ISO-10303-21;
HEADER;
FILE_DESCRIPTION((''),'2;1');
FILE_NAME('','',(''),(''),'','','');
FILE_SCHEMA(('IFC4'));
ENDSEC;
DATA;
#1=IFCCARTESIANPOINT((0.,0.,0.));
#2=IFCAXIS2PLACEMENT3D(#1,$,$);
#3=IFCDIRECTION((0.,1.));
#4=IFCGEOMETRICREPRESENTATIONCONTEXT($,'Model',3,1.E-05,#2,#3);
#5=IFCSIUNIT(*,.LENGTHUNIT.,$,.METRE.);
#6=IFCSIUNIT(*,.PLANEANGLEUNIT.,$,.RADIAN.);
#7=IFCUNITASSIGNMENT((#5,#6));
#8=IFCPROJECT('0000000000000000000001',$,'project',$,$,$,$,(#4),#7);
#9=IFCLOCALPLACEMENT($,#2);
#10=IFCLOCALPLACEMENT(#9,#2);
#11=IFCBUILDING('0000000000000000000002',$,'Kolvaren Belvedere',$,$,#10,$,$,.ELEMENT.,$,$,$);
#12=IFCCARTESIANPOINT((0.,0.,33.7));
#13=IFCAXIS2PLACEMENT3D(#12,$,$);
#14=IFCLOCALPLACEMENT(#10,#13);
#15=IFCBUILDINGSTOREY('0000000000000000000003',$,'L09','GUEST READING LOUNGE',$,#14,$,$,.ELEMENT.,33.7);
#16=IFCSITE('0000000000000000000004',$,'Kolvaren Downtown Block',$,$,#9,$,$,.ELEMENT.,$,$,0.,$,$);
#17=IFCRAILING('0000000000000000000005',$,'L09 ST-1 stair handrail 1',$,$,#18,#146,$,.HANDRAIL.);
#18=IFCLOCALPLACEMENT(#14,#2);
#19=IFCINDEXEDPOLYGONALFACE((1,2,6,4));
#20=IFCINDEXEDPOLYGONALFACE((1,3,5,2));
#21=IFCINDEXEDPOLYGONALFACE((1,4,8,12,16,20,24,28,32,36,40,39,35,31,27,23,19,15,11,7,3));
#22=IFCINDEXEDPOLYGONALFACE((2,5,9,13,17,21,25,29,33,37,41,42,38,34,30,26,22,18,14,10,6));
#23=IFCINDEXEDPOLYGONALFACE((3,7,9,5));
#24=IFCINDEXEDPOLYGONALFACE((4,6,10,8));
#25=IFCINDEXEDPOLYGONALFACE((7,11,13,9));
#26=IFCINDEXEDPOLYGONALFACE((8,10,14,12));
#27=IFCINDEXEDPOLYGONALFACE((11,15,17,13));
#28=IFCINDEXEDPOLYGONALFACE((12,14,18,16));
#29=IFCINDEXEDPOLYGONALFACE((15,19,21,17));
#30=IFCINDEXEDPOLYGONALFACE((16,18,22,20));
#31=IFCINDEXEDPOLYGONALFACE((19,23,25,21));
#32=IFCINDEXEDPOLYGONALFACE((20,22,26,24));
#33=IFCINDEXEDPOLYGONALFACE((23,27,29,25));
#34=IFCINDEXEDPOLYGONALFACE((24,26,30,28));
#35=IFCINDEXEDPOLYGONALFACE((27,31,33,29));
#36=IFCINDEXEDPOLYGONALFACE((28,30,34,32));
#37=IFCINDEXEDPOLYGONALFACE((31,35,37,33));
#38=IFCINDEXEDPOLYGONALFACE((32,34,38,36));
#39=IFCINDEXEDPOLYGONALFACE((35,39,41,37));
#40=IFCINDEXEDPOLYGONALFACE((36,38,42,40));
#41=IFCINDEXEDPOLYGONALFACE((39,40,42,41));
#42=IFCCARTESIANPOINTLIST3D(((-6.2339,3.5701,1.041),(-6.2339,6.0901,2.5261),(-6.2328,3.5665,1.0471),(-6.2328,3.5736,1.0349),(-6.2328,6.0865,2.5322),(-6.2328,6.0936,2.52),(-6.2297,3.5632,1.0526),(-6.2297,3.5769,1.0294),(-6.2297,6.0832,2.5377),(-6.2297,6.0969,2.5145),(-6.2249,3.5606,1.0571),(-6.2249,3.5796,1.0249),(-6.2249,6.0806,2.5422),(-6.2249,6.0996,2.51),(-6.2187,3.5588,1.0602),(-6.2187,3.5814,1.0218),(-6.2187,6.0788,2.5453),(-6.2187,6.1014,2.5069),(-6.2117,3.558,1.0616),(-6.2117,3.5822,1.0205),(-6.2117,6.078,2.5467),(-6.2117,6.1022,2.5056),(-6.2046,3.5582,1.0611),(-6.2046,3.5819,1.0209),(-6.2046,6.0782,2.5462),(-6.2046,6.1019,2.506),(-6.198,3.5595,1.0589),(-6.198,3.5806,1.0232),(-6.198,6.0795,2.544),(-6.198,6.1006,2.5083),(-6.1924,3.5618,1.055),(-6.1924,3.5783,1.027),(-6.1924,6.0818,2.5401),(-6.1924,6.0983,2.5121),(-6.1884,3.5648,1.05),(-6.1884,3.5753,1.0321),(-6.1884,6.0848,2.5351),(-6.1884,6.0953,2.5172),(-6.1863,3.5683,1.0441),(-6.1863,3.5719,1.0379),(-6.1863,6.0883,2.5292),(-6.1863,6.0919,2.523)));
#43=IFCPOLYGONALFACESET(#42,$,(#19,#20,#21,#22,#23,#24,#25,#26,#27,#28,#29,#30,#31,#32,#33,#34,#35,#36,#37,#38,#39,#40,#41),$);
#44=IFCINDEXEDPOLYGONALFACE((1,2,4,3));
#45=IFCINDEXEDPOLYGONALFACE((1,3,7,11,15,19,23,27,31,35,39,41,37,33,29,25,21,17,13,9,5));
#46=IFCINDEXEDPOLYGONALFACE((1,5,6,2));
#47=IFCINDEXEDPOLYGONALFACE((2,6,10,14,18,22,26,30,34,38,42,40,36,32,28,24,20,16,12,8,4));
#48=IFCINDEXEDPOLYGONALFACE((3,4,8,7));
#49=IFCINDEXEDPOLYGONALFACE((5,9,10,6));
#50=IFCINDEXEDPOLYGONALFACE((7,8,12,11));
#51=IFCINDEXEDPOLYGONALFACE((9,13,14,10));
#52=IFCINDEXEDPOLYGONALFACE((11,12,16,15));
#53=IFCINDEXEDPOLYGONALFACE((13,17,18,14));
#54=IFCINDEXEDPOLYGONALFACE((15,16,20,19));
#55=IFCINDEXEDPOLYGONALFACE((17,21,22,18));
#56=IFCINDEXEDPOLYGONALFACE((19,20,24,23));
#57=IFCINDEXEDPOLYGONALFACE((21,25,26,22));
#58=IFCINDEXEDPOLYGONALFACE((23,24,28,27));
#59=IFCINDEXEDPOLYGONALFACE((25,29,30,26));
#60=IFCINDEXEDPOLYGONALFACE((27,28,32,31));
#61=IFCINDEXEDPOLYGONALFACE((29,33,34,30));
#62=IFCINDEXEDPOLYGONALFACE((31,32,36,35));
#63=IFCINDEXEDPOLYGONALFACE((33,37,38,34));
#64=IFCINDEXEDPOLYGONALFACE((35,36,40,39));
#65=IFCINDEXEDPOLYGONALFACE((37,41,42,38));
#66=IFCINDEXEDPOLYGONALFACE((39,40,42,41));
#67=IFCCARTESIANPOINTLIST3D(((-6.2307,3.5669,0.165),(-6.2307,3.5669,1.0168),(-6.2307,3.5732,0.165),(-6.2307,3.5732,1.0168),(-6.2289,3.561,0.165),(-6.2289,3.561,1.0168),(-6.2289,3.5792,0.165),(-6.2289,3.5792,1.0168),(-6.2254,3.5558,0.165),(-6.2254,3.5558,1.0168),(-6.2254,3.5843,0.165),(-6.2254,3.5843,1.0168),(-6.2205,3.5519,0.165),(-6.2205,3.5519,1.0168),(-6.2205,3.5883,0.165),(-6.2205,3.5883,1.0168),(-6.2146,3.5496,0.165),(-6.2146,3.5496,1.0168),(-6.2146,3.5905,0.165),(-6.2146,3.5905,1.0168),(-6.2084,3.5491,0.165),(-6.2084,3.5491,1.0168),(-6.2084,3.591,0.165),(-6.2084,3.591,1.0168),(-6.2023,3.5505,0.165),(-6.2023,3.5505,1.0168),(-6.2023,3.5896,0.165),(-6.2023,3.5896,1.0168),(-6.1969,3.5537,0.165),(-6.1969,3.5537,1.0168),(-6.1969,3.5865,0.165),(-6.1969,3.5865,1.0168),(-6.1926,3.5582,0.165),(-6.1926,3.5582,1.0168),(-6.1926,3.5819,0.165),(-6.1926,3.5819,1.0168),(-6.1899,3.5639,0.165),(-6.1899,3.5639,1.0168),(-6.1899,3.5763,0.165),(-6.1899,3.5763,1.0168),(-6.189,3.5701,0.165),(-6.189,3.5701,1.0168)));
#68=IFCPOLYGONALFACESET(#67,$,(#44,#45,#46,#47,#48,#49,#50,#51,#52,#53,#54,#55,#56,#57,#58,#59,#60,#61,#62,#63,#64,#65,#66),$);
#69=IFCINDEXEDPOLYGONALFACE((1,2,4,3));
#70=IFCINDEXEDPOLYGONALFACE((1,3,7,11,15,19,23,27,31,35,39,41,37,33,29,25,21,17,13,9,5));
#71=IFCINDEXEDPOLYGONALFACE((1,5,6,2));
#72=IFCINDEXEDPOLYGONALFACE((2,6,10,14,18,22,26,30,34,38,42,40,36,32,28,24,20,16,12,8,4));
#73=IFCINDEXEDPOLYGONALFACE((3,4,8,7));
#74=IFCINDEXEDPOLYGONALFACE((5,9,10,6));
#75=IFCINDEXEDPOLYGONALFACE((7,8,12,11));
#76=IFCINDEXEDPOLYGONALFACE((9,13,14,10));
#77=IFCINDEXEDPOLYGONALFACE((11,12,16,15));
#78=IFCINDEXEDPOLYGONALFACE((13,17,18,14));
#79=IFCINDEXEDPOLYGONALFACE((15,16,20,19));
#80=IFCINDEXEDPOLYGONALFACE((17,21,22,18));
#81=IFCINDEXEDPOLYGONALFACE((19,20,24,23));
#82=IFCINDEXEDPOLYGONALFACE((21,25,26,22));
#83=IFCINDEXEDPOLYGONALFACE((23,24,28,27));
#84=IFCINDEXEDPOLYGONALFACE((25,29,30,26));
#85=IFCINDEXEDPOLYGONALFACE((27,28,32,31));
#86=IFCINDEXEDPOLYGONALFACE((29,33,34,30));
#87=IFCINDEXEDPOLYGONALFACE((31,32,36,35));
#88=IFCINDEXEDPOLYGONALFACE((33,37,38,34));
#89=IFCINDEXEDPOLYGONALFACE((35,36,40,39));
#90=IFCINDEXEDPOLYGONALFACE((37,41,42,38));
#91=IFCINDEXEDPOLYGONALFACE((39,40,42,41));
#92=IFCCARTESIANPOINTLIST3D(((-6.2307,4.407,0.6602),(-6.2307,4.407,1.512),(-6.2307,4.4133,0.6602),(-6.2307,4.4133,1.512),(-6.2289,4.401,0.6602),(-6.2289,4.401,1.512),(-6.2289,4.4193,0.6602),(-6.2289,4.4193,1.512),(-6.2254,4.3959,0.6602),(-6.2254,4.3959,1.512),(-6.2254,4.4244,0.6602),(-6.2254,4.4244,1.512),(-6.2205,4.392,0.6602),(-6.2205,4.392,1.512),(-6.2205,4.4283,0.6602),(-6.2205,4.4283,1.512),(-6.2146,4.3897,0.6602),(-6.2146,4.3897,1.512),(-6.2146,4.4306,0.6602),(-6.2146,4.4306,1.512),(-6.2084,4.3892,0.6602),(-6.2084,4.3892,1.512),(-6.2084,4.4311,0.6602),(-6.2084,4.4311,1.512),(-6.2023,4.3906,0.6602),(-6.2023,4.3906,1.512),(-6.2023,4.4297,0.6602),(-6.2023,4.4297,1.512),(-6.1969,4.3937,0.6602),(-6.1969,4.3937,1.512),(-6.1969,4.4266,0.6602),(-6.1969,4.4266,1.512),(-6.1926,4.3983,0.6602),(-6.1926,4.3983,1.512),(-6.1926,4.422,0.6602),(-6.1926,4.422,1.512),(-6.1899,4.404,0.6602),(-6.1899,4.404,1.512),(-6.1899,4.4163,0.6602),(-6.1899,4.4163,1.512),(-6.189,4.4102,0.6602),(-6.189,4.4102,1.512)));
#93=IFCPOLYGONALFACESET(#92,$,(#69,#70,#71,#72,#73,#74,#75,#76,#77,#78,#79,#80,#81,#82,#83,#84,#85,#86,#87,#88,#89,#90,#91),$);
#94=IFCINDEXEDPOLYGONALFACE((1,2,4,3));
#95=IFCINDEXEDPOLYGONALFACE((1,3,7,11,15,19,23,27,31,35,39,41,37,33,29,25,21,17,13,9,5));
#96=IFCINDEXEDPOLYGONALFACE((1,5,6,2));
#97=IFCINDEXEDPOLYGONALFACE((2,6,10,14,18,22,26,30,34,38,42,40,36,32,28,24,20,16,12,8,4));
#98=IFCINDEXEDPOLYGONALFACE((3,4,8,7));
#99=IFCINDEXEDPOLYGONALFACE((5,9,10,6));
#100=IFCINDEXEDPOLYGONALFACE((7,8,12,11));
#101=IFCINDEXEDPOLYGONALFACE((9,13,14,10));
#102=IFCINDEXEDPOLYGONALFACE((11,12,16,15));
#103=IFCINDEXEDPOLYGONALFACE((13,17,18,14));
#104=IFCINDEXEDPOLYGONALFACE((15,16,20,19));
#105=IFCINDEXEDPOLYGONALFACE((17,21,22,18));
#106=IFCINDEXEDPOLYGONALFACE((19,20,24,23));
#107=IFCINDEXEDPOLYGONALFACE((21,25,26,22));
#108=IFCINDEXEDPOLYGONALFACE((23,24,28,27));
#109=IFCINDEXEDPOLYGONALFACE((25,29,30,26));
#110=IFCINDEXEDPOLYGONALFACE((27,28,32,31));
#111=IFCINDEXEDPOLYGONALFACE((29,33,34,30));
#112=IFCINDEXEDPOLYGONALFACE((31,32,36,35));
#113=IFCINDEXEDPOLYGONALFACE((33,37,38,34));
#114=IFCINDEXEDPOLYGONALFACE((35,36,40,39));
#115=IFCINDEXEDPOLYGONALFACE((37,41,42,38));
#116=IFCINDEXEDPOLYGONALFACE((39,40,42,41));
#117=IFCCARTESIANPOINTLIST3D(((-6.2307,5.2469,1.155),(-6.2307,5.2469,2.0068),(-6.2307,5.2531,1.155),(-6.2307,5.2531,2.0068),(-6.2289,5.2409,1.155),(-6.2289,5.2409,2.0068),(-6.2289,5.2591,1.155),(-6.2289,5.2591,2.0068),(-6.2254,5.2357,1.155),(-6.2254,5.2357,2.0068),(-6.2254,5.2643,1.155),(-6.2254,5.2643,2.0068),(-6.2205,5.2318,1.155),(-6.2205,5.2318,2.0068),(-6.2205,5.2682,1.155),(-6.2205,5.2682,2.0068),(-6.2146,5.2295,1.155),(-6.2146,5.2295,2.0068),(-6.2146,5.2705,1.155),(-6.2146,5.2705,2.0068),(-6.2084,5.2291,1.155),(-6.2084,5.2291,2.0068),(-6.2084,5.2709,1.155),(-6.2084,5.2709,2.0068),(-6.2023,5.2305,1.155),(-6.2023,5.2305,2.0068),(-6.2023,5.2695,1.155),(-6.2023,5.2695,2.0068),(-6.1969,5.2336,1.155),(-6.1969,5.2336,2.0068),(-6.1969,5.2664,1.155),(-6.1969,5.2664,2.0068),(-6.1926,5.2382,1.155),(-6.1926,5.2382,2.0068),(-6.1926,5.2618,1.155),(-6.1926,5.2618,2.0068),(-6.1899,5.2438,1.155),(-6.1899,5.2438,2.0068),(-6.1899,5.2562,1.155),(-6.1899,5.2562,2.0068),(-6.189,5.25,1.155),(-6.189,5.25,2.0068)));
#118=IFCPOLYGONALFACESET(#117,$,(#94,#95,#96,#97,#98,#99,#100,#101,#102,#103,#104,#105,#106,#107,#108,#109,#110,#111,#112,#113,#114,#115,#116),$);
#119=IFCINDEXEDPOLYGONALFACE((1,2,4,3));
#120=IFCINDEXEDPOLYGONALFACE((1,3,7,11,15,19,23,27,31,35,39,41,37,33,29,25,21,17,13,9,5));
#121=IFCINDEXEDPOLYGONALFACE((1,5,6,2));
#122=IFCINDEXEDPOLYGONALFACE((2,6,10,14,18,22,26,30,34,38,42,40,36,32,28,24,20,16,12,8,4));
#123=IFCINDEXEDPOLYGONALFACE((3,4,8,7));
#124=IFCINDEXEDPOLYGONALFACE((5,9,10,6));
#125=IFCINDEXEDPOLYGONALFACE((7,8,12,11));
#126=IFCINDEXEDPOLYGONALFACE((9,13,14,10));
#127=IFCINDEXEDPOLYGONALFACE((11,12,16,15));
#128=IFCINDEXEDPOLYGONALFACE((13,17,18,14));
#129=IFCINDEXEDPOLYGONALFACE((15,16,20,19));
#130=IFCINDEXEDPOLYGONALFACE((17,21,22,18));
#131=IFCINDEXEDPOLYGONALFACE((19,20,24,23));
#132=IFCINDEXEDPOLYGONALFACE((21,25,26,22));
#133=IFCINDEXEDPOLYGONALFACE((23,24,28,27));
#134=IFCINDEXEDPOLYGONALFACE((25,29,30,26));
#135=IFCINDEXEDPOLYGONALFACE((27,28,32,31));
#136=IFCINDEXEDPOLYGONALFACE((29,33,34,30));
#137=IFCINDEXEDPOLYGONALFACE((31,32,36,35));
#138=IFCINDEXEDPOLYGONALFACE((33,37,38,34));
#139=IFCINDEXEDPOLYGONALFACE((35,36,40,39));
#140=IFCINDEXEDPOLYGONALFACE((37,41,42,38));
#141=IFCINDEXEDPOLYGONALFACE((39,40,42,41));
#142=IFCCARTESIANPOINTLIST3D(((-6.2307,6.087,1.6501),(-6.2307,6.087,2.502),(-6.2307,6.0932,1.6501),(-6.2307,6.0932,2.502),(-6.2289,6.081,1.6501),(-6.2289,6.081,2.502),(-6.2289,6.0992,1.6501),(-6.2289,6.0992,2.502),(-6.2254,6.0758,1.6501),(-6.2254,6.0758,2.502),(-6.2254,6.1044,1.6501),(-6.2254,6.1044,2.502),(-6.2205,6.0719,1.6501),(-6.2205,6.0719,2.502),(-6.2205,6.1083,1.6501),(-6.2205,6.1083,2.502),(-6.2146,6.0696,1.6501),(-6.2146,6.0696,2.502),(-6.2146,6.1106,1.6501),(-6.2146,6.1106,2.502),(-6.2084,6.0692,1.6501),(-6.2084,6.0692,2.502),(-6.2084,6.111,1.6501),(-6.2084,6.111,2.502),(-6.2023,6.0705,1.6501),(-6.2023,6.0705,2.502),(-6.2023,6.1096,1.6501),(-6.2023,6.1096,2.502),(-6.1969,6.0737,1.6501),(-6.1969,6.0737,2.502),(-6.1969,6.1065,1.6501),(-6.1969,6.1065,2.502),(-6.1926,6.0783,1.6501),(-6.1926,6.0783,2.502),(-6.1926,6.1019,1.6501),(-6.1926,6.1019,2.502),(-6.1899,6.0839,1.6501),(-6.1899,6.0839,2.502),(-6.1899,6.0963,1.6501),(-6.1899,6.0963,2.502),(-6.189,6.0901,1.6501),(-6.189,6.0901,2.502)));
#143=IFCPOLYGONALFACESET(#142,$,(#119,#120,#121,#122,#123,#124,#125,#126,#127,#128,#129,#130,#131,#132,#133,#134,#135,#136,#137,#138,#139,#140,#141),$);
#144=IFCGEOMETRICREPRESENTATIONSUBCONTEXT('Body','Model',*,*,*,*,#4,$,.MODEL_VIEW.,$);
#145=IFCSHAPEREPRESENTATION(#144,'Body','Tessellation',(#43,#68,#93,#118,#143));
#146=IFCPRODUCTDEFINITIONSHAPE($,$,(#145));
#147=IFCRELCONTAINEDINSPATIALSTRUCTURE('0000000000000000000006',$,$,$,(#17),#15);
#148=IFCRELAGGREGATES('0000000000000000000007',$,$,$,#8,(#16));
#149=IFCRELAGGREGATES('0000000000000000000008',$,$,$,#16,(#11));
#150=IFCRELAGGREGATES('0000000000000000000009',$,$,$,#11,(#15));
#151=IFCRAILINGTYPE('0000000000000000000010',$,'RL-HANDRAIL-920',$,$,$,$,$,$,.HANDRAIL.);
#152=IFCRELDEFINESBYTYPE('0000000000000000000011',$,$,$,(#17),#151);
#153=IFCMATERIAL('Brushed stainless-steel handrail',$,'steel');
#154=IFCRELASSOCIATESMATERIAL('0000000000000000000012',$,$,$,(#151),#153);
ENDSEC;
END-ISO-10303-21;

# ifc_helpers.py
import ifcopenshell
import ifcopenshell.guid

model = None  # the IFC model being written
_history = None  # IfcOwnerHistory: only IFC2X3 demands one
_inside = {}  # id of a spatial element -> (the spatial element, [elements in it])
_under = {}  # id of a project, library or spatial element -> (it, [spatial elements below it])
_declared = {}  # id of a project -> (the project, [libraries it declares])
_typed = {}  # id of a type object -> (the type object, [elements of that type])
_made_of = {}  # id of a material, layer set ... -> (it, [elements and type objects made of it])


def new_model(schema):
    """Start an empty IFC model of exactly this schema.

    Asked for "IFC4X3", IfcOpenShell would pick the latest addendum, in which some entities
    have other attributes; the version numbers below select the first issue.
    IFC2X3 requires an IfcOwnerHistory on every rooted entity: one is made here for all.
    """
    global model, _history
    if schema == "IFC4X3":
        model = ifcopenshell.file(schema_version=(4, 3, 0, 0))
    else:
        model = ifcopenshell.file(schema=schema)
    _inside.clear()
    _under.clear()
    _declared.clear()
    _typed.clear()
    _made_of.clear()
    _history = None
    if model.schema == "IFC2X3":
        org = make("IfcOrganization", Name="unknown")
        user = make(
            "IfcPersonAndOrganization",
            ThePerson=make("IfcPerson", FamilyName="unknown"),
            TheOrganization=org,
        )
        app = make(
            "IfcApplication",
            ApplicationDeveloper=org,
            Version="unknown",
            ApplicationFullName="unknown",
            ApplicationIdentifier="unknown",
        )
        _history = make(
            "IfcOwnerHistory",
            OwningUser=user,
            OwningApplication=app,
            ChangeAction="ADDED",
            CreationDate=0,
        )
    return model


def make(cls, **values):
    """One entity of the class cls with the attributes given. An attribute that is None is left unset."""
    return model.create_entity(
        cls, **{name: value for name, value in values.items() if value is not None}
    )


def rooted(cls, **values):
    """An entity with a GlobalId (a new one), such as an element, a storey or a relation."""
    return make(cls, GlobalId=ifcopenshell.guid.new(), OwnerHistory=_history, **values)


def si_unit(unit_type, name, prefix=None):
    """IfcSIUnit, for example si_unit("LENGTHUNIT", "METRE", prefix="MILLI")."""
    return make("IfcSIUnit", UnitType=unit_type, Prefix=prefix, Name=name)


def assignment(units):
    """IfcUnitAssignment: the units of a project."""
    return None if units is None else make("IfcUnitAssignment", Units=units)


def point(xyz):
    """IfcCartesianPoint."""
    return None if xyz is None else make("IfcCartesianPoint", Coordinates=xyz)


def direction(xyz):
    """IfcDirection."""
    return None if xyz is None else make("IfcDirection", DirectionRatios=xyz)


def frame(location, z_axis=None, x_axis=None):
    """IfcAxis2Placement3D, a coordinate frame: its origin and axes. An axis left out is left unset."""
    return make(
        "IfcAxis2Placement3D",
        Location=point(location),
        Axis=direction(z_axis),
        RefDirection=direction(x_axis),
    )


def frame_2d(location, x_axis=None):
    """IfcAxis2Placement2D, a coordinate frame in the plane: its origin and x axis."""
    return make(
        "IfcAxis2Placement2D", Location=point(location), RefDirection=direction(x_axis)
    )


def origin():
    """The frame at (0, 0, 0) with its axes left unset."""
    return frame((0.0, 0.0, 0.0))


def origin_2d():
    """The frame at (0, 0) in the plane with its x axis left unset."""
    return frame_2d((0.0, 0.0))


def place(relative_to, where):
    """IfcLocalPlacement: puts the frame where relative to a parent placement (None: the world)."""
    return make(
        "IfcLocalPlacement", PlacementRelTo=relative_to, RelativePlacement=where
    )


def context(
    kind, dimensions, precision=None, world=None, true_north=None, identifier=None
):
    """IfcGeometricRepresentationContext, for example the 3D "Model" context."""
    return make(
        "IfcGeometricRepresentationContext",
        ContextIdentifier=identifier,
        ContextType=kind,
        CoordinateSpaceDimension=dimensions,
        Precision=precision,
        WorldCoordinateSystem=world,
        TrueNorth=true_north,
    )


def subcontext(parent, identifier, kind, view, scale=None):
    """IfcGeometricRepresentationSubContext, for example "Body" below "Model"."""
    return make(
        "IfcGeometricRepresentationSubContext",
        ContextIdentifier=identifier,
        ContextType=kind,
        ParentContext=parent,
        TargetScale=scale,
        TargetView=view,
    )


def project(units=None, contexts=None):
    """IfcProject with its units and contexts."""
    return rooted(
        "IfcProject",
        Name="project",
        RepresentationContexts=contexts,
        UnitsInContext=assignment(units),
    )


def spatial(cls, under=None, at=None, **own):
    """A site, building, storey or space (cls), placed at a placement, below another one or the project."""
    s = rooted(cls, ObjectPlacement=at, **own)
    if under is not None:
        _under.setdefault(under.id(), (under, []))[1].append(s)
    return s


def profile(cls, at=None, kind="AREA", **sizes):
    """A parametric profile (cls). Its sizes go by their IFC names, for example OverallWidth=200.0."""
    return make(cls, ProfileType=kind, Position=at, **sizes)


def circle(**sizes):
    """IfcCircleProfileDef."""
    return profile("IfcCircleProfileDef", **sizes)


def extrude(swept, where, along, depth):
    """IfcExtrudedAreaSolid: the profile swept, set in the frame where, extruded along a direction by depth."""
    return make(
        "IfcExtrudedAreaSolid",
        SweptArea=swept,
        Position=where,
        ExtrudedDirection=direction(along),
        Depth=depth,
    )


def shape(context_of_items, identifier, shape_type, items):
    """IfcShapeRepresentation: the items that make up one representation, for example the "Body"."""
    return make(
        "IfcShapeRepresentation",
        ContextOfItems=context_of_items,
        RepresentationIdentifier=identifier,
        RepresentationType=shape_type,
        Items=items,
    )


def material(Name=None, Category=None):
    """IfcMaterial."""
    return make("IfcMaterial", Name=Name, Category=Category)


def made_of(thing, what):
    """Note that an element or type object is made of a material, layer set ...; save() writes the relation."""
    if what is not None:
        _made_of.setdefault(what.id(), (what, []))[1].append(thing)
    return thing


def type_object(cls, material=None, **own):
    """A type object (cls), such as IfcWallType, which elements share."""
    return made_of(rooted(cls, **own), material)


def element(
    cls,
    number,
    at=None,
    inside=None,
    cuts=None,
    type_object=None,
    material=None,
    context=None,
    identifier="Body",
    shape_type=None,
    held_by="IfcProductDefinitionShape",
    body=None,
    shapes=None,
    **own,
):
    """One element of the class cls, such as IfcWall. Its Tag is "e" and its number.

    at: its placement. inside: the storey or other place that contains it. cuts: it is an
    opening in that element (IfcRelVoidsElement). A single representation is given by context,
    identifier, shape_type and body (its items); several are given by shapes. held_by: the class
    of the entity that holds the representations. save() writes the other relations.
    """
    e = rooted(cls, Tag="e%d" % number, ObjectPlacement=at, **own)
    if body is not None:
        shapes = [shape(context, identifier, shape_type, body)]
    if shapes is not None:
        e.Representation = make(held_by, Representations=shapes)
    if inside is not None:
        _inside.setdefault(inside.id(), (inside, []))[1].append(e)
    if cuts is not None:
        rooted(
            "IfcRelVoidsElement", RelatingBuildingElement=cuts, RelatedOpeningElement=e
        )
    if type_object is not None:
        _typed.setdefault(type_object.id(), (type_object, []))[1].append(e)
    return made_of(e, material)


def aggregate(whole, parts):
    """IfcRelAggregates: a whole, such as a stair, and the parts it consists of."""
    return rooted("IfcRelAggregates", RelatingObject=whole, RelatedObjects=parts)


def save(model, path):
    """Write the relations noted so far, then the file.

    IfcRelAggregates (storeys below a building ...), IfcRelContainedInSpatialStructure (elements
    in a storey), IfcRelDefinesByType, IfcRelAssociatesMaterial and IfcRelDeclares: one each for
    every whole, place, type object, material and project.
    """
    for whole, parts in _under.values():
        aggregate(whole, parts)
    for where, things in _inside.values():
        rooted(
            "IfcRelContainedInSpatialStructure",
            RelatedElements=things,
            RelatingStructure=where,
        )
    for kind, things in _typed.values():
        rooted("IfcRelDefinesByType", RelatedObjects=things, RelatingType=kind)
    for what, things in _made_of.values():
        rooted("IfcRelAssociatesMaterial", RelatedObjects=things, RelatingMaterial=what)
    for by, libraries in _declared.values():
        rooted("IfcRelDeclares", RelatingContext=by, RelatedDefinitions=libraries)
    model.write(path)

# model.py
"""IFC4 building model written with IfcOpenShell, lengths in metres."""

from ifc_helpers import new_model, si_unit, direction, frame, origin, origin_2d, place, context, subcontext, project, spatial, circle, extrude, material, type_object, element, save


model = new_model("IFC4")

# Units and contexts
model_context = context("Model", 3, precision=1e-05, world=origin(), true_north=direction((0.0, 1.0)))
body_context = subcontext(model_context, "Body", "Model", "MODEL_VIEW")
ifc_project = project(units=[si_unit("LENGTHUNIT", "METRE"), si_unit("PLANEANGLEUNIT", "RADIAN")], contexts=[model_context])

# Site, building, storey
site_placement = place(None, origin())
site = spatial("IfcSite", under=ifc_project, at=site_placement, Name="Kolvaren Downtown Block", CompositionType="ELEMENT", RefElevation=0.0)
building_placement = place(site_placement, origin())
building = spatial("IfcBuilding", under=site, at=building_placement, Name="Kolvaren Belvedere", CompositionType="ELEMENT")
storey_placement = place(building_placement, frame((0.0, 0.0, 33.7)))
storey = spatial("IfcBuildingStorey", under=building, at=storey_placement, Name="L09", Description="GUEST READING LOUNGE", CompositionType="ELEMENT", Elevation=33.7)

# Railing
ifc_material_1 = material(Name="Brushed stainless-steel handrail", Category="steel")
railing_type_1 = type_object("IfcRailingType", Name="RL-HANDRAIL-920", PredefinedType="HANDRAIL", material=ifc_material_1)
railing_1_placement = place(storey_placement, frame((-6.21, 3.5701, 0.165)))
element("IfcRailing", 1, at=railing_1_placement, inside=storey, type_object=railing_type_1, Name="L09 ST-1 stair handrail 1", PredefinedType="HANDRAIL", context=body_context, shape_type="SweptSolid", body=[
    extrude(circle(Radius=0.0239, at=origin_2d()), frame((0.0, 0.0, 0.876), z_axis=(0.0, 0.861524, 0.507717), x_axis=(-1.0, 0.0, 0.0)), (0.0, 0.0, 1.0), 2.925),
    extrude(circle(Radius=0.021, at=origin_2d()), origin(), (0.0, 0.0, 1.0), 0.8518),
    extrude(circle(Radius=0.021, at=origin_2d()), frame((0.0, 0.8401, 0.4951)), (0.0, 0.0, 1.0), 0.8518),
    extrude(circle(Radius=0.021, at=origin_2d()), frame((0.0, 1.6799, 0.99)), (0.0, 0.0, 1.0), 0.8518),
    extrude(circle(Radius=0.021, at=origin_2d()), frame((0.0, 2.52, 1.4851)), (0.0, 0.0, 1.0), 0.8518),
])

save(model, "model.ifc")
